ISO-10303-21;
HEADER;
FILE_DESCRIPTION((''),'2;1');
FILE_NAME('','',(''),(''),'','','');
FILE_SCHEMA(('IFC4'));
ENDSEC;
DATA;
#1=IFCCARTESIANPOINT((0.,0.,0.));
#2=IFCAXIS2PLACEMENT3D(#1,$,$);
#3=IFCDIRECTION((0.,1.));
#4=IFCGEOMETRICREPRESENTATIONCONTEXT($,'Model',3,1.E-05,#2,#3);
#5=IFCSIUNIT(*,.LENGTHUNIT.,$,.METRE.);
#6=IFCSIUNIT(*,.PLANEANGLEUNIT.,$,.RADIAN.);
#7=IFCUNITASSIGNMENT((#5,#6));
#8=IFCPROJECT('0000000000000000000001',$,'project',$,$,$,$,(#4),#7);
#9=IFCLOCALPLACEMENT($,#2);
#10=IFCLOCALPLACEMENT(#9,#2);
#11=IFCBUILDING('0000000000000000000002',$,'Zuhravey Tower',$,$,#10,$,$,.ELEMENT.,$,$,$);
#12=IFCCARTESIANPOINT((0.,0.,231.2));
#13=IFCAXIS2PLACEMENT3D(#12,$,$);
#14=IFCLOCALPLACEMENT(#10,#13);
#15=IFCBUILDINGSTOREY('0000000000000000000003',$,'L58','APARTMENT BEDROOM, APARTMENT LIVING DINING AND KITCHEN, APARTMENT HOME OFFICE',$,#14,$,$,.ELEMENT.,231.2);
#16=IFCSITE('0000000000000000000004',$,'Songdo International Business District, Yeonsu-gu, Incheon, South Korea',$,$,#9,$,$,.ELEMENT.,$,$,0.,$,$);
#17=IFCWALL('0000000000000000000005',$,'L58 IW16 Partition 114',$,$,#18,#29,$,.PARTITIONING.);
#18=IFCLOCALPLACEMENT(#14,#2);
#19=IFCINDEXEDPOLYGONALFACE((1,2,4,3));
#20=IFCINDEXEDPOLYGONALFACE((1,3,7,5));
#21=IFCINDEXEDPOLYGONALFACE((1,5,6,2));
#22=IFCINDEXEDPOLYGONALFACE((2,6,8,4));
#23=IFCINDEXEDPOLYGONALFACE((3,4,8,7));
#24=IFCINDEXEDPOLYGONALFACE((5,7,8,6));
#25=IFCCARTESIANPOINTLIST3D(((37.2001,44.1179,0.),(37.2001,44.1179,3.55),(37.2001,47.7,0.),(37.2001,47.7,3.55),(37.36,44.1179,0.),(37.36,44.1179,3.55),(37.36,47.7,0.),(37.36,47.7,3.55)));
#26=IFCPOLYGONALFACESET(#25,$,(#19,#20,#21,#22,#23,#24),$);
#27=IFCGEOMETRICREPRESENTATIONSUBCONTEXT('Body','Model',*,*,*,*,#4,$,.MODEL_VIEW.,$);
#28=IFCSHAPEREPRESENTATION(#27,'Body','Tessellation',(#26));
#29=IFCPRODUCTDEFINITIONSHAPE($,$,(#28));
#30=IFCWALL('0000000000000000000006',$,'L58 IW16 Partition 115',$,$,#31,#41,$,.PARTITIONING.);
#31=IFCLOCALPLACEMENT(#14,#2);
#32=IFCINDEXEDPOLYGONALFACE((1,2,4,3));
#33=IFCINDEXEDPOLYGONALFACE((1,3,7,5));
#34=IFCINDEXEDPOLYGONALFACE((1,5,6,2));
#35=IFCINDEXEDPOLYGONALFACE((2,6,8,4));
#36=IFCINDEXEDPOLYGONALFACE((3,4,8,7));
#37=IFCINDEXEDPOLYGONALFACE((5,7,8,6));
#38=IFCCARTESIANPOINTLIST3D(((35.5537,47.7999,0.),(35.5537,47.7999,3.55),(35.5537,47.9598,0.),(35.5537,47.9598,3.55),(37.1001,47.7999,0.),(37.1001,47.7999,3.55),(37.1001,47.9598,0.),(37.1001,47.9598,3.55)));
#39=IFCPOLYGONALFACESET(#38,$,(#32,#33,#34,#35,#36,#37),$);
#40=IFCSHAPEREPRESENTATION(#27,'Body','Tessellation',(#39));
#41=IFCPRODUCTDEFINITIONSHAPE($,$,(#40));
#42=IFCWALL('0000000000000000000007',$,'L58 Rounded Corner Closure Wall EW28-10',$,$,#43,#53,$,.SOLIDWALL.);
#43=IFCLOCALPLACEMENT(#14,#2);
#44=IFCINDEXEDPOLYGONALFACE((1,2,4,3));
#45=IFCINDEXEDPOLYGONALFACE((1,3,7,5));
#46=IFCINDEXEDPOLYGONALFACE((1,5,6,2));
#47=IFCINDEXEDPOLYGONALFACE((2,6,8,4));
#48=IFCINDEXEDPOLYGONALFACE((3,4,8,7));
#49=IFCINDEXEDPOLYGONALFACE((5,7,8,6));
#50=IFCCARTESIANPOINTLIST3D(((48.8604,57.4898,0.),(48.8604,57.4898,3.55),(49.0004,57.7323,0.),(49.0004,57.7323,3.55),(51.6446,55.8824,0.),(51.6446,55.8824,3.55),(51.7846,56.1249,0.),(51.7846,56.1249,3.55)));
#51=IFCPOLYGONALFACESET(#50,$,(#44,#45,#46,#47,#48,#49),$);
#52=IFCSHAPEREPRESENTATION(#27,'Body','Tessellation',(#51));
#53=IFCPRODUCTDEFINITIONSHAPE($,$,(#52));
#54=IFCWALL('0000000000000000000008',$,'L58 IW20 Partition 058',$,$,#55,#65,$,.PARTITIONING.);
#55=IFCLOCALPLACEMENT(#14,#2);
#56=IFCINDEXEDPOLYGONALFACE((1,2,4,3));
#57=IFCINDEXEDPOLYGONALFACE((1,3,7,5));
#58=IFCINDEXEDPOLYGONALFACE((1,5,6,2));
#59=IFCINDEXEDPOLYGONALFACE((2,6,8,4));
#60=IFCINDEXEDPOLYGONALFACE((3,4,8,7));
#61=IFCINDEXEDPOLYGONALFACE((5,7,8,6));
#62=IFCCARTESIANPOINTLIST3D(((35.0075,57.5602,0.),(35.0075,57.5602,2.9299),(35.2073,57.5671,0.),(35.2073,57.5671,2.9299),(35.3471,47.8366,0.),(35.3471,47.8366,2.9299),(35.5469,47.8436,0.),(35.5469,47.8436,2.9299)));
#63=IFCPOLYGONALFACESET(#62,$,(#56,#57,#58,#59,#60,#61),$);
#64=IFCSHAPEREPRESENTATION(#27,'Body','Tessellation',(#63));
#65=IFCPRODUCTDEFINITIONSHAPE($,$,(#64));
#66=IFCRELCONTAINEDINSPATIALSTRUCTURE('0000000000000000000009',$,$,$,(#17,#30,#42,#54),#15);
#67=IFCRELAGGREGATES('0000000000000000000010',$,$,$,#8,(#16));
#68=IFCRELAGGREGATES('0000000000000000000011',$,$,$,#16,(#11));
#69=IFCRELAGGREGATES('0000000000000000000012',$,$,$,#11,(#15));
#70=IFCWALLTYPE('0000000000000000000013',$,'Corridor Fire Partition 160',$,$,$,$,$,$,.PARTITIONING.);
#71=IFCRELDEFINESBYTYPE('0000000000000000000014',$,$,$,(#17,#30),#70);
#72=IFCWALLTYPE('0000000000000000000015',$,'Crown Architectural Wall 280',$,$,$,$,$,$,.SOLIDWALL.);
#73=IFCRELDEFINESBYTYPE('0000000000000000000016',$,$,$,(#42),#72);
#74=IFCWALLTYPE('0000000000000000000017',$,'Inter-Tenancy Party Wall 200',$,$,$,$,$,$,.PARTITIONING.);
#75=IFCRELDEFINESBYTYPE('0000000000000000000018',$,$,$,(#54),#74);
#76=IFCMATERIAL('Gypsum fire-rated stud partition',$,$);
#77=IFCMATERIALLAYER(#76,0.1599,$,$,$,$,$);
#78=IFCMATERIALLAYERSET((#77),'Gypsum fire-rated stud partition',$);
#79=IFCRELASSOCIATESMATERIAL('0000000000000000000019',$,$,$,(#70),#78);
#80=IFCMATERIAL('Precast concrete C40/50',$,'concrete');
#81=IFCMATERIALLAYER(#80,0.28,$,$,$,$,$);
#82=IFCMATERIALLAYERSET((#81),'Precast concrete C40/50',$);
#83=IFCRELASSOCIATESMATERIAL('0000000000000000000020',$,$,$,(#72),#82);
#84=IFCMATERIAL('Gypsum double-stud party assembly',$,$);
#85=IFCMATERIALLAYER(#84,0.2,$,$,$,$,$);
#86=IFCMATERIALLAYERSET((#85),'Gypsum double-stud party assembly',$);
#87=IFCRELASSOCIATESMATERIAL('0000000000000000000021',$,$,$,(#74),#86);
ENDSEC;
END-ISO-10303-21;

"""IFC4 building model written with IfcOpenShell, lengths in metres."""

from ifc_helpers import new_model, si_unit, direction, frame, frame_2d, origin, place, context, subcontext, project, spatial, rectangle, extrude, material, layer, layer_set, type_object, element, save


model = new_model("IFC4")

# Units and contexts
model_context = context("Model", 3, precision=1e-05, world=origin(), true_north=direction((0.0, 1.0)))
body_context = subcontext(model_context, "Body", "Model", "MODEL_VIEW")
ifc_project = project(units=[si_unit("LENGTHUNIT", "METRE"), si_unit("PLANEANGLEUNIT", "RADIAN")], contexts=[model_context])

# Site, building, storey
site_placement = place(None, origin())
site = spatial("IfcSite", under=ifc_project, at=site_placement, Name="Songdo International Business District, Yeonsu-gu, Incheon, South Korea", CompositionType="ELEMENT", RefElevation=0.0)
building_placement = place(site_placement, origin())
building = spatial("IfcBuilding", under=site, at=building_placement, Name="Zuhravey Tower", CompositionType="ELEMENT")
storey_placement = place(building_placement, frame((0.0, 0.0, 231.2)))
storey = spatial("IfcBuildingStorey", under=building, at=storey_placement, Name="L58", Description="APARTMENT BEDROOM, APARTMENT LIVING DINING AND KITCHEN, APARTMENT HOME OFFICE", CompositionType="ELEMENT", Elevation=231.2)

# Walls
ifc_material_1 = material(Name="Gypsum fire-rated stud partition")
ifc_layer_1 = layer(ifc_material_1, 0.1599)
ifc_layer_set_1 = layer_set([ifc_layer_1], Name="Gypsum fire-rated stud partition")
wall_type_1 = type_object("IfcWallType", Name="Corridor Fire Partition 160", PredefinedType="PARTITIONING", material=ifc_layer_set_1)
wall_1_placement = place(storey_placement, frame((37.28, 44.1179, 0.0), z_axis=(0.0, 0.0, 1.0), x_axis=(0.0, 1.0, 0.0)))
element("IfcWall", 1, at=wall_1_placement, inside=storey, type_object=wall_type_1, Name="L58 IW16 Partition 114", PredefinedType="PARTITIONING", context=body_context, shape_type="SweptSolid", body=[
    extrude(rectangle(XDim=3.582, YDim=0.1599, at=frame_2d((1.791, 0.0))), origin(), (0.0, 0.0, 1.0), 3.55),
])
wall_2_placement = place(storey_placement, frame((37.1001, 47.8799, 0.0), z_axis=(0.0, 0.0, 1.0), x_axis=(-1.0, 0.0, 0.0)))
element("IfcWall", 2, at=wall_2_placement, inside=storey, type_object=wall_type_1, Name="L58 IW16 Partition 115", PredefinedType="PARTITIONING", context=body_context, shape_type="SweptSolid", body=[
    extrude(rectangle(XDim=1.5464, YDim=0.1599, at=frame_2d((0.7732, 0.0))), origin(), (0.0, 0.0, 1.0), 3.55),
])
ifc_material_2 = material(Name="Precast concrete C40/50", Category="concrete")
ifc_layer_2 = layer(ifc_material_2, 0.28)
ifc_layer_set_2 = layer_set([ifc_layer_2], Name="Precast concrete C40/50")
wall_type_2 = type_object("IfcWallType", Name="Crown Architectural Wall 280", PredefinedType="SOLIDWALL", material=ifc_layer_set_2)
wall_3_placement = place(storey_placement, frame((48.9304, 57.6111, 0.0), z_axis=(0.0, 0.0, 1.0), x_axis=(0.866029, -0.499994, 0.0)))
element("IfcWall", 3, at=wall_3_placement, inside=storey, type_object=wall_type_2, Name="L58 Rounded Corner Closure Wall EW28-10", PredefinedType="SOLIDWALL", context=body_context, shape_type="SweptSolid", body=[
    extrude(rectangle(XDim=3.2148, YDim=0.28, at=frame_2d((1.6074, 0.0))), origin(), (0.0, 0.0, 1.0), 3.55),
])
ifc_material_3 = material(Name="Gypsum double-stud party assembly")
ifc_layer_3 = layer(ifc_material_3, 0.2)
ifc_layer_set_3 = layer_set([ifc_layer_3], Name="Gypsum double-stud party assembly")
wall_type_3 = type_object("IfcWallType", Name="Inter-Tenancy Party Wall 200", PredefinedType="PARTITIONING", material=ifc_layer_set_3)
wall_4_placement = place(storey_placement, frame((35.447, 47.8401, 0.0), z_axis=(0.0, 0.0, 1.0), x_axis=(-0.034904, 0.999391, 0.0)))
element("IfcWall", 4, at=wall_4_placement, inside=storey, type_object=wall_type_3, Name="L58 IW20 Partition 058", PredefinedType="PARTITIONING", context=body_context, shape_type="SweptSolid", body=[
    extrude(rectangle(XDim=9.7295, YDim=0.2, at=frame_2d((4.8647, 0.0))), origin(), (0.0, 0.0, 1.0), 2.9299),
])

save(model, "model.ifc")
